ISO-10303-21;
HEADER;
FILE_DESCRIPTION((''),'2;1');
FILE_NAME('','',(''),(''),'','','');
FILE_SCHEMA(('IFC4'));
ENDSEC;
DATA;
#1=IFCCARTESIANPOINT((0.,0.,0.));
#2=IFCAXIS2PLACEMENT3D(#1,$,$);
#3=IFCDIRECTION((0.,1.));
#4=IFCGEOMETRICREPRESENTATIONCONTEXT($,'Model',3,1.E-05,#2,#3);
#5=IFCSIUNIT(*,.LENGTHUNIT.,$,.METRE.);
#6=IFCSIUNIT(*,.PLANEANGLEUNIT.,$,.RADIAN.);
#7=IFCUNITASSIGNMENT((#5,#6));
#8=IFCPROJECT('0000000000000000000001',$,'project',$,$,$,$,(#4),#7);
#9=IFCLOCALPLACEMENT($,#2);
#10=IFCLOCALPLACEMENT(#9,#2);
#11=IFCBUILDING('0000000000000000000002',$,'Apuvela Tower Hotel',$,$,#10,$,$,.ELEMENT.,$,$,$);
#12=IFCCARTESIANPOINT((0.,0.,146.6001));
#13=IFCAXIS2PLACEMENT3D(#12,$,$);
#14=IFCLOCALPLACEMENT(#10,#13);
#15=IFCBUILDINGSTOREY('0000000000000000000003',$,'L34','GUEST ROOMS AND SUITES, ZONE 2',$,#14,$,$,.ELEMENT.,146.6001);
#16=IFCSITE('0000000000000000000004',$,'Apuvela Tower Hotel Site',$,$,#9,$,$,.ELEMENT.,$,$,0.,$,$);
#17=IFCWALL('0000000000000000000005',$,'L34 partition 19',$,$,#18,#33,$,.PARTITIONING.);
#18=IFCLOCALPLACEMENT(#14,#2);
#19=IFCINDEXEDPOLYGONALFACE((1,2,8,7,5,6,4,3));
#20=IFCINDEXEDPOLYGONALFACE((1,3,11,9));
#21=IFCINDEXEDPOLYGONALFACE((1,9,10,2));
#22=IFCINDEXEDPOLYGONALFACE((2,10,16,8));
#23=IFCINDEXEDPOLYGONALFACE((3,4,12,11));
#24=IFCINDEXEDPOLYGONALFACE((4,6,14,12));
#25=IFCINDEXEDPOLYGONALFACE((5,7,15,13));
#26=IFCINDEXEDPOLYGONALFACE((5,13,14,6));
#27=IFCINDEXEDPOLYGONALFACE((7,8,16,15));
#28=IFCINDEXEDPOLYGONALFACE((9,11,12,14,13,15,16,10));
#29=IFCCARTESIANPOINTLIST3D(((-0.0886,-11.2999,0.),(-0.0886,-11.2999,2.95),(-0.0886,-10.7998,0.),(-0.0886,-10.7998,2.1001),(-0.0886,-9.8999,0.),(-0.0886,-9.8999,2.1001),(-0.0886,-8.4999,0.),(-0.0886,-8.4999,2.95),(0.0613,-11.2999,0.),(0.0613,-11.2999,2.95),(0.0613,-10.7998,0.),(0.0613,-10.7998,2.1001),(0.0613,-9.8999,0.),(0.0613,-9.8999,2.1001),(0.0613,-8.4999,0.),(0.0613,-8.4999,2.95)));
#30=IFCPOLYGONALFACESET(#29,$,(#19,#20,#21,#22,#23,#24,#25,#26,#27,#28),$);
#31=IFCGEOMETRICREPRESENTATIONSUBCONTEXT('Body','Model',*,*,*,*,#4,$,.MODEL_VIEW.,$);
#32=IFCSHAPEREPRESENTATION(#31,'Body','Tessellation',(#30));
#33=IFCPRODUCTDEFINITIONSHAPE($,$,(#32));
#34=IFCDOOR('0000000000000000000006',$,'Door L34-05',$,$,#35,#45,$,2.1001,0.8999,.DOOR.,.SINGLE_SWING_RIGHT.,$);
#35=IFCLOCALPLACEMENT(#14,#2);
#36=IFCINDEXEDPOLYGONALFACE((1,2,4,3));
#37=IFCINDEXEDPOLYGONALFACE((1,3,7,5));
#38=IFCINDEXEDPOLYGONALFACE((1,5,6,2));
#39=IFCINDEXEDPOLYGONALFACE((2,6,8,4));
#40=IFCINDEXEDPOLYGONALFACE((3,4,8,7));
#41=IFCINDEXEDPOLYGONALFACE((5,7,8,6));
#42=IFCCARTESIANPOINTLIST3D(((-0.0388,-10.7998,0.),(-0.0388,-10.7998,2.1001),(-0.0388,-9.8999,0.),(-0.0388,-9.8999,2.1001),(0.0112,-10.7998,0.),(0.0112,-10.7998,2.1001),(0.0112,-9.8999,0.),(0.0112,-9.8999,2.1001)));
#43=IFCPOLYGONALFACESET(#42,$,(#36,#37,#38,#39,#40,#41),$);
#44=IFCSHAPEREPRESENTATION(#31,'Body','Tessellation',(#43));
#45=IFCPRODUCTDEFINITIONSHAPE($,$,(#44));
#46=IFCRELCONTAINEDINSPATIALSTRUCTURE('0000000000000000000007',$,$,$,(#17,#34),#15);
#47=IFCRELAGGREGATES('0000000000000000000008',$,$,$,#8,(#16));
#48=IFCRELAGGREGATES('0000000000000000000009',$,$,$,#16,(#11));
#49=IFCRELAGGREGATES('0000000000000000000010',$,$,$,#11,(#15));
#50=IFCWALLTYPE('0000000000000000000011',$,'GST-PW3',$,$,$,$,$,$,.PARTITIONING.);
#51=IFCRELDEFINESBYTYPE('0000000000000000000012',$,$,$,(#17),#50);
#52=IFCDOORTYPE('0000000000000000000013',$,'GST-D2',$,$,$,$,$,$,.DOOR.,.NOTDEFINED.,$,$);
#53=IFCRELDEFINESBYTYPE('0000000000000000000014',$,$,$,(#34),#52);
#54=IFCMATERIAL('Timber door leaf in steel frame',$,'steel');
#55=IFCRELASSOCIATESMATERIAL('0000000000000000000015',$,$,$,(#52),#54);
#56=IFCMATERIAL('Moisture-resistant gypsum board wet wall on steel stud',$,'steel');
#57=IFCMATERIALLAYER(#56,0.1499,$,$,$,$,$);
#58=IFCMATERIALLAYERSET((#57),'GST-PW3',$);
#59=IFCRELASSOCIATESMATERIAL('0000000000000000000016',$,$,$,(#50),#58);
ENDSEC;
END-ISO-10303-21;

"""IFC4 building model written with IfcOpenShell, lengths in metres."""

from ifc_helpers import new_model, si_unit, direction, frame, frame_2d, origin, place, context, subcontext, project, spatial, rectangle, extrude, material, layer, layer_set, type_object, element, fill, save


model = new_model("IFC4")

# Units and contexts
model_context = context("Model", 3, precision=1e-05, world=origin(), true_north=direction((0.0, 1.0)))
body_context = subcontext(model_context, "Body", "Model", "MODEL_VIEW")
ifc_project = project(units=[si_unit("LENGTHUNIT", "METRE"), si_unit("PLANEANGLEUNIT", "RADIAN")], contexts=[model_context])

# Site, building, storey
site_placement = place(None, origin())
site = spatial("IfcSite", under=ifc_project, at=site_placement, Name="Apuvela Tower Hotel Site", CompositionType="ELEMENT", RefElevation=0.0)
building_placement = place(site_placement, origin())
building = spatial("IfcBuilding", under=site, at=building_placement, Name="Apuvela Tower Hotel", CompositionType="ELEMENT")
storey_placement = place(building_placement, frame((0.0, 0.0, 146.6001)))
storey = spatial("IfcBuildingStorey", under=building, at=storey_placement, Name="L34", Description="GUEST ROOMS AND SUITES, ZONE 2", CompositionType="ELEMENT", Elevation=146.6001)

# Shared definitions
ifc_material_1 = material(Name="Timber door leaf in steel frame", Category="steel")
door_type_1 = type_object("IfcDoorType", Name="GST-D2", OperationType="NOTDEFINED", PredefinedType="DOOR", material=ifc_material_1)
ifc_material_2 = material(Name="Moisture-resistant gypsum board wet wall on steel stud", Category="steel")
ifc_layer_1 = layer(ifc_material_2, 0.1499)
ifc_layer_set_1 = layer_set([ifc_layer_1], Name="GST-PW3")
wall_type_1 = type_object("IfcWallType", Name="GST-PW3", PredefinedType="PARTITIONING", material=ifc_layer_set_1)

# Wall, opening, door
wall_1_placement = place(storey_placement, frame((-0.0137, -8.5, 0.0), z_axis=(0.0, 0.0, 1.0), x_axis=(0.0, -1.0, 0.0)))
wall_1 = element("IfcWall", 1, at=wall_1_placement, inside=storey, type_object=wall_type_1, Name="L34 partition 19", PredefinedType="PARTITIONING", context=body_context, shape_type="SweptSolid", body=[
    extrude(rectangle(XDim=2.8, YDim=0.1499, at=frame_2d((1.3999, 0.0))), origin(), (0.0, 0.0, 1.0), 2.95),
])
opening_1_placement = place(wall_1_placement, frame((1.3999, 0.0, 0.0)))
opening_1 = element("IfcOpeningElement", 2, at=opening_1_placement, cuts=wall_1, PredefinedType="OPENING", context=body_context, shape_type="SweptSolid", body=[
    extrude(rectangle(XDim=0.8999, YDim=2.1001, at=frame_2d((0.45, 1.05))), frame((0.0, 0.085, 0.0), z_axis=(0.0, -1.0, 0.0), x_axis=(1.0, 0.0, 0.0)), (0.0, 0.0, 1.0), 0.1699),
])
door_1_placement = place(opening_1_placement, origin())
door_1 = element("IfcDoor", 3, at=door_1_placement, inside=storey, type_object=door_type_1, Name="Door L34-05", OperationType="SINGLE_SWING_RIGHT", OverallHeight=2.1001, OverallWidth=0.8999, PredefinedType="DOOR", context=body_context, shape_type="SweptSolid", body=[
    extrude(rectangle(XDim=0.8999, YDim=2.1001, at=frame_2d((0.45, 1.05))), frame((0.0, 0.0249, 0.0), z_axis=(0.0, -1.0, 0.0), x_axis=(1.0, 0.0, 0.0)), (0.0, 0.0, 1.0), 0.05),
])
fill(opening_1, door_1)

save(model, "model.ifc")
